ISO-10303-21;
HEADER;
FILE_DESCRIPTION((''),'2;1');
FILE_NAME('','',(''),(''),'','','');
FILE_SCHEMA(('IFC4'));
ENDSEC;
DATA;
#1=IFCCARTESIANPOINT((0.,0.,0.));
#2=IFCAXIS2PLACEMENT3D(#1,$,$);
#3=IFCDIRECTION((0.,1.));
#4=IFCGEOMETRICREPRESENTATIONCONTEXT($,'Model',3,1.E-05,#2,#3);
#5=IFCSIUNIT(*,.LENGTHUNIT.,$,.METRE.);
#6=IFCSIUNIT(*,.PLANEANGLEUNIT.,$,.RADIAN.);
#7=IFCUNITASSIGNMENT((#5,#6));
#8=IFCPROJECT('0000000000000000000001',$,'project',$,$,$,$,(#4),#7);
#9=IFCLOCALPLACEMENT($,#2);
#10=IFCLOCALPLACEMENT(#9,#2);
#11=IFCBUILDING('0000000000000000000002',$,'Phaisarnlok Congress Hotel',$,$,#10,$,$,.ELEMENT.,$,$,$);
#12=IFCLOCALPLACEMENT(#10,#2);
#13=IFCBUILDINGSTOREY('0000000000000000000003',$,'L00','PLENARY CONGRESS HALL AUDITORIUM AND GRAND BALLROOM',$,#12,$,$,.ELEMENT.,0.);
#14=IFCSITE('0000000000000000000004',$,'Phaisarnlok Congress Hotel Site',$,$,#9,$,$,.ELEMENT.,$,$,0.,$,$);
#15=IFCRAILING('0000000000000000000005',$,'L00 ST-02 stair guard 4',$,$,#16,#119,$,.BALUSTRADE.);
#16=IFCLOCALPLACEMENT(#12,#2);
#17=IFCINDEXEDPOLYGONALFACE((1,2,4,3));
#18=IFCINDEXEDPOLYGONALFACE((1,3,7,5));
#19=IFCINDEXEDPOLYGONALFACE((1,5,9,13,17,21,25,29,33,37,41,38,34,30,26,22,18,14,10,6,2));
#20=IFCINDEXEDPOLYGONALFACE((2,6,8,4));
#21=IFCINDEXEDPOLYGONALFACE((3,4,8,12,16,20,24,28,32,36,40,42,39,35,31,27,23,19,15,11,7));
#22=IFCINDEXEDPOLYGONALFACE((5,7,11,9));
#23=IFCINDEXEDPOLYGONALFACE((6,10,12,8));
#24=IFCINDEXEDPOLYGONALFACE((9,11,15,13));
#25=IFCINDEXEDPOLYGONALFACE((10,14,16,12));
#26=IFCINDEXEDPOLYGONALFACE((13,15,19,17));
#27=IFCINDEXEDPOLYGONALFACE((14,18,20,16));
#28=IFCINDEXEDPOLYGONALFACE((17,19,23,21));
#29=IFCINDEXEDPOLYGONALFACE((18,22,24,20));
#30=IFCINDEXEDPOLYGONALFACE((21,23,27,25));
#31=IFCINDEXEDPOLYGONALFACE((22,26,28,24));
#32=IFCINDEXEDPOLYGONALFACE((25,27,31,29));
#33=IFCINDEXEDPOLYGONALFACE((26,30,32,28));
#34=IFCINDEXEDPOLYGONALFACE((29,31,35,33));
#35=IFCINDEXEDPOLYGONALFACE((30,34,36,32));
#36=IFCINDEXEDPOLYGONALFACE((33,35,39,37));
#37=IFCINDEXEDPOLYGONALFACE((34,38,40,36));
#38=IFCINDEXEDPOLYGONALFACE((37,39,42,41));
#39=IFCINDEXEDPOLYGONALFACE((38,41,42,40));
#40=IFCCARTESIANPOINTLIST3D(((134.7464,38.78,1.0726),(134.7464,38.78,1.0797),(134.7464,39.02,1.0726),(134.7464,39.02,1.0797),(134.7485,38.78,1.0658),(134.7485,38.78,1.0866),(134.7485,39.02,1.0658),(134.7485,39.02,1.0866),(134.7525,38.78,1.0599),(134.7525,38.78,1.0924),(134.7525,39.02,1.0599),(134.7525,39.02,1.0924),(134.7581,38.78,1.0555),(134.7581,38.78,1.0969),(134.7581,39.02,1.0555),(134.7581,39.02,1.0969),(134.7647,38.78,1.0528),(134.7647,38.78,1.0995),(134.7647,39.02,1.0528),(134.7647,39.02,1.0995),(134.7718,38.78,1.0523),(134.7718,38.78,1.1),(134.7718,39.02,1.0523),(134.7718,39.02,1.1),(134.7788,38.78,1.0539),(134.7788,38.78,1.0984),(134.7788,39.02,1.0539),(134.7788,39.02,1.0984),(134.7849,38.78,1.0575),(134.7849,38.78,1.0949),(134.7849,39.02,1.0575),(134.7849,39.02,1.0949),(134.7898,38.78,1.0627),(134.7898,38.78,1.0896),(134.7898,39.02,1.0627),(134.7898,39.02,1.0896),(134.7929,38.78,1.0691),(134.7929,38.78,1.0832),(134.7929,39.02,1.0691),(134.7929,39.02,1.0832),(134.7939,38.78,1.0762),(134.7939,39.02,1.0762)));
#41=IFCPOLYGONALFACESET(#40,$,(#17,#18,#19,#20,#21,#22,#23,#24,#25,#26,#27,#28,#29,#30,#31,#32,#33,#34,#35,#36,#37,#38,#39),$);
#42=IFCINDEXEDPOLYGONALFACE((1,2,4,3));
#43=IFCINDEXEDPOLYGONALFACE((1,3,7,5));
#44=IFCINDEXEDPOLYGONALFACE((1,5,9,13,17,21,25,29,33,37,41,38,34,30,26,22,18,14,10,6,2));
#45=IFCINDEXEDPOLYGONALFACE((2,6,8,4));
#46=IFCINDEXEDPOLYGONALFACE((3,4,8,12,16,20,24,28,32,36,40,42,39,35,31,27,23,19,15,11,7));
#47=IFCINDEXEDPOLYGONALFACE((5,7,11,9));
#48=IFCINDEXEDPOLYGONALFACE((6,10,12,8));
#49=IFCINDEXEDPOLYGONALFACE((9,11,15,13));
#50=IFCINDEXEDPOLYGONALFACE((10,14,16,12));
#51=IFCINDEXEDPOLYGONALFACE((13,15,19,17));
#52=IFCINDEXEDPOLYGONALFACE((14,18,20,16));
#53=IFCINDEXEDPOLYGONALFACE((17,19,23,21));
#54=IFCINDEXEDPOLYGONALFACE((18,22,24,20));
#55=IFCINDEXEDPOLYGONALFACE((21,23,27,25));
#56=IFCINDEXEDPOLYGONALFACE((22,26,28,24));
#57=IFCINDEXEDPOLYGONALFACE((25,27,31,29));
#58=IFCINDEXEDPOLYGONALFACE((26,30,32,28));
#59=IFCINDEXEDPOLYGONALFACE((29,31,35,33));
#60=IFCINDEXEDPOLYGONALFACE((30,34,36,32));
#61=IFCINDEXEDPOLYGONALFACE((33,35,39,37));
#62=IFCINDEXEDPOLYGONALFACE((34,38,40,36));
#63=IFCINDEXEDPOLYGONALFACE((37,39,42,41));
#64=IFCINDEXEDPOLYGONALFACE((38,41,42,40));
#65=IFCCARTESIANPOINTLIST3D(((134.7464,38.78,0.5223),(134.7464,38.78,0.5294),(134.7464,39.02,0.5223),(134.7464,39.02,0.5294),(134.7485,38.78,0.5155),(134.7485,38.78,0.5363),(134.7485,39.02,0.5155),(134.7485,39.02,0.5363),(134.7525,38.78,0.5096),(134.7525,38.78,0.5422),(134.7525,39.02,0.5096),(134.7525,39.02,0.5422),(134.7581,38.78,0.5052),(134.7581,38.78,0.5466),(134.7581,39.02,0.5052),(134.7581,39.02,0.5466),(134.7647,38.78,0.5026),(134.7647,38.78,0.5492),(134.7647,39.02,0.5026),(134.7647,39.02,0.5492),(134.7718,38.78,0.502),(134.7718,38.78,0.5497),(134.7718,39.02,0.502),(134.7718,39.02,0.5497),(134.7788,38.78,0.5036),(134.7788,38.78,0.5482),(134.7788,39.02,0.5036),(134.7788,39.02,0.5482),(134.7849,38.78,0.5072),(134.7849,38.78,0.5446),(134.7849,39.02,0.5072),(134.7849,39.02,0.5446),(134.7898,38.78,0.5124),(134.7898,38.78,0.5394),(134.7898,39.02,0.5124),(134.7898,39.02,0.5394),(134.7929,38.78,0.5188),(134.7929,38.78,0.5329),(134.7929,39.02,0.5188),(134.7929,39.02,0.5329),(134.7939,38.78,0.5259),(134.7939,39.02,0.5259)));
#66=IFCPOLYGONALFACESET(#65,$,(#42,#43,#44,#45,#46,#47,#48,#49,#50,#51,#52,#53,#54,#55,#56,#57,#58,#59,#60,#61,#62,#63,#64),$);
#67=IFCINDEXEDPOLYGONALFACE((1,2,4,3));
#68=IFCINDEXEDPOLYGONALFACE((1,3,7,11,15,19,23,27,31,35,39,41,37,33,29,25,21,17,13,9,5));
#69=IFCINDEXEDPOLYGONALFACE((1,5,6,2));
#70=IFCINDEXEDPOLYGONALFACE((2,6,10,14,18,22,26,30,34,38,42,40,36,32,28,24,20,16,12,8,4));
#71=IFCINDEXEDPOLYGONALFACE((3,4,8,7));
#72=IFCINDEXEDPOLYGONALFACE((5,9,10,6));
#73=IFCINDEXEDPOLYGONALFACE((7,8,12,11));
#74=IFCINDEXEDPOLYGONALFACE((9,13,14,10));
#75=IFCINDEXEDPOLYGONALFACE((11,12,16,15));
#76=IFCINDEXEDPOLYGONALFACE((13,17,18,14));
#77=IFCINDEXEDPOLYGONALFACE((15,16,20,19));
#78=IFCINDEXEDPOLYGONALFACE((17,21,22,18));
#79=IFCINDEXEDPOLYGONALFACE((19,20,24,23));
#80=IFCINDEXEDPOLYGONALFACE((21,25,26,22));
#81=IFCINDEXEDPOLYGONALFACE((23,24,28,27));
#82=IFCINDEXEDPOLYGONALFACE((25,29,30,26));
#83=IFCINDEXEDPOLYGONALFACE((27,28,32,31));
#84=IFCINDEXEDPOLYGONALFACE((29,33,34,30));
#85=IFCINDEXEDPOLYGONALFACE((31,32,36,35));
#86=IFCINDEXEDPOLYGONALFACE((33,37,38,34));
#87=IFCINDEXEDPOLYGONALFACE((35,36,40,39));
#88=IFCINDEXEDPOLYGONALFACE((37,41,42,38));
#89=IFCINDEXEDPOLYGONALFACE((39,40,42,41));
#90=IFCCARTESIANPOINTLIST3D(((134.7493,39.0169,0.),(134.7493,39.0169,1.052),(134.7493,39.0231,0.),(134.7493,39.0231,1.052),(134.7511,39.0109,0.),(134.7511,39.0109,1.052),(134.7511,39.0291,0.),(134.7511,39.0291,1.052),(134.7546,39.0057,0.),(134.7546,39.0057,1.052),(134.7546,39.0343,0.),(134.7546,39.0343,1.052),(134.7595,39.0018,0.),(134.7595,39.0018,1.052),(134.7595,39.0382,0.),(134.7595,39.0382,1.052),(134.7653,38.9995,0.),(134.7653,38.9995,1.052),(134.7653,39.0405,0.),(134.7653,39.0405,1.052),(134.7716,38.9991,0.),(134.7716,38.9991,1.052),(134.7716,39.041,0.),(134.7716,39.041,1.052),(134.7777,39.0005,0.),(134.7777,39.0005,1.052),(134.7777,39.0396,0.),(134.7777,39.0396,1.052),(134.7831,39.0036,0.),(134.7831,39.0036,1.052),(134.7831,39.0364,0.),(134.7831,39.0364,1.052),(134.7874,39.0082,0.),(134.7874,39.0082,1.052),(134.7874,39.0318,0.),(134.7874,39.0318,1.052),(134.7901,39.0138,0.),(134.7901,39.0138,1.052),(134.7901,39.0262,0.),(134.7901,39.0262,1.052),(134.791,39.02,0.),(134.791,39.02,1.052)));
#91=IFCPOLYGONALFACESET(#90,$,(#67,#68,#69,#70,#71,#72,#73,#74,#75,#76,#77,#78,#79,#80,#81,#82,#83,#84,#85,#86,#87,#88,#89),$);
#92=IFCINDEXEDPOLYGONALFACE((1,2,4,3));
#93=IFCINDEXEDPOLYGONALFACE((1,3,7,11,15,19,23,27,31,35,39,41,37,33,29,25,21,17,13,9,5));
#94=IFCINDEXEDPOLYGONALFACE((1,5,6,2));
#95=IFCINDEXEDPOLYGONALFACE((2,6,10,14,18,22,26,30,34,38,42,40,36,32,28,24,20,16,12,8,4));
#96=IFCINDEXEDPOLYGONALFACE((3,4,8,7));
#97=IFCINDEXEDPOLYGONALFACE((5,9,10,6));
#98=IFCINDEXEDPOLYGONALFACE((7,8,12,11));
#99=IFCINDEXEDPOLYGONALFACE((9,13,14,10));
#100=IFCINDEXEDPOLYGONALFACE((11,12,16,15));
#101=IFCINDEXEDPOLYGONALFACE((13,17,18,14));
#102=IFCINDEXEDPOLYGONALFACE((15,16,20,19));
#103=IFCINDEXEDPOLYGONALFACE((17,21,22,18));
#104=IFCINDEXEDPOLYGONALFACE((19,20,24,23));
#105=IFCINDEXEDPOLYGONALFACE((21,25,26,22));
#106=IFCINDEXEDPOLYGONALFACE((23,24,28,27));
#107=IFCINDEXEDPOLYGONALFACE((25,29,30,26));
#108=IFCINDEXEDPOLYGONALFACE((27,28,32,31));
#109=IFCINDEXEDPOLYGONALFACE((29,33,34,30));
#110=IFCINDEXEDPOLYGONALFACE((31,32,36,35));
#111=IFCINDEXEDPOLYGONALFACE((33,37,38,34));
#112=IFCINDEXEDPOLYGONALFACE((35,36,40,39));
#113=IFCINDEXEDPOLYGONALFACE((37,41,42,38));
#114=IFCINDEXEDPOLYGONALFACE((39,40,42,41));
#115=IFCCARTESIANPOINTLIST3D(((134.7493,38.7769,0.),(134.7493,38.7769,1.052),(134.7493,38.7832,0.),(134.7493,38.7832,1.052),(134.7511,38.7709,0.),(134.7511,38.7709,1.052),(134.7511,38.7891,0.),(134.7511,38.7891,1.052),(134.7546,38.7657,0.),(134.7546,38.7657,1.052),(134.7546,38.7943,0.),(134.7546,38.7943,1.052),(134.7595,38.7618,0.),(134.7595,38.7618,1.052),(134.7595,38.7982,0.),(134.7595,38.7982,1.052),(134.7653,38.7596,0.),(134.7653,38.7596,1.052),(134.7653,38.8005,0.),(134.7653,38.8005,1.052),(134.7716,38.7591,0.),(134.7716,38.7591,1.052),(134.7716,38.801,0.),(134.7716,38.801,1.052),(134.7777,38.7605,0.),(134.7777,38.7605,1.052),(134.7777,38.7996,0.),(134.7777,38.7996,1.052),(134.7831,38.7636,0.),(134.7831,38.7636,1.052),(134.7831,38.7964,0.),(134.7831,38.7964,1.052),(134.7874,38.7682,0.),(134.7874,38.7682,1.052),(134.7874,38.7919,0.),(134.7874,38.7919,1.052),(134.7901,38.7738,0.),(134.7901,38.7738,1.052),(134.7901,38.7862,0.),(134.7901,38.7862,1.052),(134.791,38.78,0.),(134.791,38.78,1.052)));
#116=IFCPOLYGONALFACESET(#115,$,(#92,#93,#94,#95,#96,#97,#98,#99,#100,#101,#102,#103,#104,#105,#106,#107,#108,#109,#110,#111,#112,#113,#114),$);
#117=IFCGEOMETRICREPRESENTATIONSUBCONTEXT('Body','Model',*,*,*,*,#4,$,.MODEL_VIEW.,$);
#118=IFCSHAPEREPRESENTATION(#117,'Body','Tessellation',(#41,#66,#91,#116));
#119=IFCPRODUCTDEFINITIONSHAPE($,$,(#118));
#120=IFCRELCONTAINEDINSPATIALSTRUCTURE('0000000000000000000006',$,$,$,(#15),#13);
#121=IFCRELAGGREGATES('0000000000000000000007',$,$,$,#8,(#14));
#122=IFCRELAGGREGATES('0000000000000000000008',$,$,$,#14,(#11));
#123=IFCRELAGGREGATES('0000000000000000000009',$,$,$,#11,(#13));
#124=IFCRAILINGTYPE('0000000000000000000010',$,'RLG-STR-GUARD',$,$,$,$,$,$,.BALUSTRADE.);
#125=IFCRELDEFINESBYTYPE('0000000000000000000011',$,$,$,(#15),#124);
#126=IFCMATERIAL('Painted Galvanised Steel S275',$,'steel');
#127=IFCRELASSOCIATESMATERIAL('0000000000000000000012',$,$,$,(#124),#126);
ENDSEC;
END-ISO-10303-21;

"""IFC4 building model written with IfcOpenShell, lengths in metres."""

from ifc_helpers import new_model, si_unit, direction, frame, origin, origin_2d, place, context, subcontext, project, spatial, circle, extrude, material, type_object, element, save


model = new_model("IFC4")

# Units and contexts
model_context = context("Model", 3, precision=1e-05, world=origin(), true_north=direction((0.0, 1.0)))
body_context = subcontext(model_context, "Body", "Model", "MODEL_VIEW")
ifc_project = project(units=[si_unit("LENGTHUNIT", "METRE"), si_unit("PLANEANGLEUNIT", "RADIAN")], contexts=[model_context])

# Site, building, storey
site_placement = place(None, origin())
site = spatial("IfcSite", under=ifc_project, at=site_placement, Name="Phaisarnlok Congress Hotel Site", CompositionType="ELEMENT", RefElevation=0.0)
building_placement = place(site_placement, origin())
building = spatial("IfcBuilding", under=site, at=building_placement, Name="Phaisarnlok Congress Hotel", CompositionType="ELEMENT")
storey_placement = place(building_placement, origin())
storey = spatial("IfcBuildingStorey", under=building, at=storey_placement, Name="L00", Description="PLENARY CONGRESS HALL AUDITORIUM AND GRAND BALLROOM", CompositionType="ELEMENT", Elevation=0.0)

# Railing
ifc_material_1 = material(Name="Painted Galvanised Steel S275", Category="steel")
railing_type = type_object("IfcRailingType", Name="RLG-STR-GUARD", PredefinedType="BALUSTRADE", material=ifc_material_1)
railing_1_placement = place(storey_placement, frame((134.77, 39.02, 0.0)))
element("IfcRailing", 1, at=railing_1_placement, inside=storey, type_object=railing_type, Name="L00 ST-02 stair guard 4", PredefinedType="BALUSTRADE", context=body_context, shape_type="SweptSolid", body=[
    extrude(circle(Radius=0.0239, at=origin_2d()), frame((0.0, 0.0, 1.0762), z_axis=(0.0, -1.0, 0.0), x_axis=(1.0, 0.0, 0.0)), (0.0, 0.0, 1.0), 0.24),
    extrude(circle(Radius=0.0239, at=origin_2d()), frame((0.0, 0.0, 0.5259), z_axis=(0.0, -1.0, 0.0), x_axis=(1.0, 0.0, 0.0)), (0.0, 0.0, 1.0), 0.24),
    extrude(circle(Radius=0.021, at=origin_2d()), origin(), (0.0, 0.0, 1.0), 1.052),
    extrude(circle(Radius=0.021, at=origin_2d()), frame((0.0, -0.24, 0.0)), (0.0, 0.0, 1.0), 1.052),
])

save(model, "model.ifc")
